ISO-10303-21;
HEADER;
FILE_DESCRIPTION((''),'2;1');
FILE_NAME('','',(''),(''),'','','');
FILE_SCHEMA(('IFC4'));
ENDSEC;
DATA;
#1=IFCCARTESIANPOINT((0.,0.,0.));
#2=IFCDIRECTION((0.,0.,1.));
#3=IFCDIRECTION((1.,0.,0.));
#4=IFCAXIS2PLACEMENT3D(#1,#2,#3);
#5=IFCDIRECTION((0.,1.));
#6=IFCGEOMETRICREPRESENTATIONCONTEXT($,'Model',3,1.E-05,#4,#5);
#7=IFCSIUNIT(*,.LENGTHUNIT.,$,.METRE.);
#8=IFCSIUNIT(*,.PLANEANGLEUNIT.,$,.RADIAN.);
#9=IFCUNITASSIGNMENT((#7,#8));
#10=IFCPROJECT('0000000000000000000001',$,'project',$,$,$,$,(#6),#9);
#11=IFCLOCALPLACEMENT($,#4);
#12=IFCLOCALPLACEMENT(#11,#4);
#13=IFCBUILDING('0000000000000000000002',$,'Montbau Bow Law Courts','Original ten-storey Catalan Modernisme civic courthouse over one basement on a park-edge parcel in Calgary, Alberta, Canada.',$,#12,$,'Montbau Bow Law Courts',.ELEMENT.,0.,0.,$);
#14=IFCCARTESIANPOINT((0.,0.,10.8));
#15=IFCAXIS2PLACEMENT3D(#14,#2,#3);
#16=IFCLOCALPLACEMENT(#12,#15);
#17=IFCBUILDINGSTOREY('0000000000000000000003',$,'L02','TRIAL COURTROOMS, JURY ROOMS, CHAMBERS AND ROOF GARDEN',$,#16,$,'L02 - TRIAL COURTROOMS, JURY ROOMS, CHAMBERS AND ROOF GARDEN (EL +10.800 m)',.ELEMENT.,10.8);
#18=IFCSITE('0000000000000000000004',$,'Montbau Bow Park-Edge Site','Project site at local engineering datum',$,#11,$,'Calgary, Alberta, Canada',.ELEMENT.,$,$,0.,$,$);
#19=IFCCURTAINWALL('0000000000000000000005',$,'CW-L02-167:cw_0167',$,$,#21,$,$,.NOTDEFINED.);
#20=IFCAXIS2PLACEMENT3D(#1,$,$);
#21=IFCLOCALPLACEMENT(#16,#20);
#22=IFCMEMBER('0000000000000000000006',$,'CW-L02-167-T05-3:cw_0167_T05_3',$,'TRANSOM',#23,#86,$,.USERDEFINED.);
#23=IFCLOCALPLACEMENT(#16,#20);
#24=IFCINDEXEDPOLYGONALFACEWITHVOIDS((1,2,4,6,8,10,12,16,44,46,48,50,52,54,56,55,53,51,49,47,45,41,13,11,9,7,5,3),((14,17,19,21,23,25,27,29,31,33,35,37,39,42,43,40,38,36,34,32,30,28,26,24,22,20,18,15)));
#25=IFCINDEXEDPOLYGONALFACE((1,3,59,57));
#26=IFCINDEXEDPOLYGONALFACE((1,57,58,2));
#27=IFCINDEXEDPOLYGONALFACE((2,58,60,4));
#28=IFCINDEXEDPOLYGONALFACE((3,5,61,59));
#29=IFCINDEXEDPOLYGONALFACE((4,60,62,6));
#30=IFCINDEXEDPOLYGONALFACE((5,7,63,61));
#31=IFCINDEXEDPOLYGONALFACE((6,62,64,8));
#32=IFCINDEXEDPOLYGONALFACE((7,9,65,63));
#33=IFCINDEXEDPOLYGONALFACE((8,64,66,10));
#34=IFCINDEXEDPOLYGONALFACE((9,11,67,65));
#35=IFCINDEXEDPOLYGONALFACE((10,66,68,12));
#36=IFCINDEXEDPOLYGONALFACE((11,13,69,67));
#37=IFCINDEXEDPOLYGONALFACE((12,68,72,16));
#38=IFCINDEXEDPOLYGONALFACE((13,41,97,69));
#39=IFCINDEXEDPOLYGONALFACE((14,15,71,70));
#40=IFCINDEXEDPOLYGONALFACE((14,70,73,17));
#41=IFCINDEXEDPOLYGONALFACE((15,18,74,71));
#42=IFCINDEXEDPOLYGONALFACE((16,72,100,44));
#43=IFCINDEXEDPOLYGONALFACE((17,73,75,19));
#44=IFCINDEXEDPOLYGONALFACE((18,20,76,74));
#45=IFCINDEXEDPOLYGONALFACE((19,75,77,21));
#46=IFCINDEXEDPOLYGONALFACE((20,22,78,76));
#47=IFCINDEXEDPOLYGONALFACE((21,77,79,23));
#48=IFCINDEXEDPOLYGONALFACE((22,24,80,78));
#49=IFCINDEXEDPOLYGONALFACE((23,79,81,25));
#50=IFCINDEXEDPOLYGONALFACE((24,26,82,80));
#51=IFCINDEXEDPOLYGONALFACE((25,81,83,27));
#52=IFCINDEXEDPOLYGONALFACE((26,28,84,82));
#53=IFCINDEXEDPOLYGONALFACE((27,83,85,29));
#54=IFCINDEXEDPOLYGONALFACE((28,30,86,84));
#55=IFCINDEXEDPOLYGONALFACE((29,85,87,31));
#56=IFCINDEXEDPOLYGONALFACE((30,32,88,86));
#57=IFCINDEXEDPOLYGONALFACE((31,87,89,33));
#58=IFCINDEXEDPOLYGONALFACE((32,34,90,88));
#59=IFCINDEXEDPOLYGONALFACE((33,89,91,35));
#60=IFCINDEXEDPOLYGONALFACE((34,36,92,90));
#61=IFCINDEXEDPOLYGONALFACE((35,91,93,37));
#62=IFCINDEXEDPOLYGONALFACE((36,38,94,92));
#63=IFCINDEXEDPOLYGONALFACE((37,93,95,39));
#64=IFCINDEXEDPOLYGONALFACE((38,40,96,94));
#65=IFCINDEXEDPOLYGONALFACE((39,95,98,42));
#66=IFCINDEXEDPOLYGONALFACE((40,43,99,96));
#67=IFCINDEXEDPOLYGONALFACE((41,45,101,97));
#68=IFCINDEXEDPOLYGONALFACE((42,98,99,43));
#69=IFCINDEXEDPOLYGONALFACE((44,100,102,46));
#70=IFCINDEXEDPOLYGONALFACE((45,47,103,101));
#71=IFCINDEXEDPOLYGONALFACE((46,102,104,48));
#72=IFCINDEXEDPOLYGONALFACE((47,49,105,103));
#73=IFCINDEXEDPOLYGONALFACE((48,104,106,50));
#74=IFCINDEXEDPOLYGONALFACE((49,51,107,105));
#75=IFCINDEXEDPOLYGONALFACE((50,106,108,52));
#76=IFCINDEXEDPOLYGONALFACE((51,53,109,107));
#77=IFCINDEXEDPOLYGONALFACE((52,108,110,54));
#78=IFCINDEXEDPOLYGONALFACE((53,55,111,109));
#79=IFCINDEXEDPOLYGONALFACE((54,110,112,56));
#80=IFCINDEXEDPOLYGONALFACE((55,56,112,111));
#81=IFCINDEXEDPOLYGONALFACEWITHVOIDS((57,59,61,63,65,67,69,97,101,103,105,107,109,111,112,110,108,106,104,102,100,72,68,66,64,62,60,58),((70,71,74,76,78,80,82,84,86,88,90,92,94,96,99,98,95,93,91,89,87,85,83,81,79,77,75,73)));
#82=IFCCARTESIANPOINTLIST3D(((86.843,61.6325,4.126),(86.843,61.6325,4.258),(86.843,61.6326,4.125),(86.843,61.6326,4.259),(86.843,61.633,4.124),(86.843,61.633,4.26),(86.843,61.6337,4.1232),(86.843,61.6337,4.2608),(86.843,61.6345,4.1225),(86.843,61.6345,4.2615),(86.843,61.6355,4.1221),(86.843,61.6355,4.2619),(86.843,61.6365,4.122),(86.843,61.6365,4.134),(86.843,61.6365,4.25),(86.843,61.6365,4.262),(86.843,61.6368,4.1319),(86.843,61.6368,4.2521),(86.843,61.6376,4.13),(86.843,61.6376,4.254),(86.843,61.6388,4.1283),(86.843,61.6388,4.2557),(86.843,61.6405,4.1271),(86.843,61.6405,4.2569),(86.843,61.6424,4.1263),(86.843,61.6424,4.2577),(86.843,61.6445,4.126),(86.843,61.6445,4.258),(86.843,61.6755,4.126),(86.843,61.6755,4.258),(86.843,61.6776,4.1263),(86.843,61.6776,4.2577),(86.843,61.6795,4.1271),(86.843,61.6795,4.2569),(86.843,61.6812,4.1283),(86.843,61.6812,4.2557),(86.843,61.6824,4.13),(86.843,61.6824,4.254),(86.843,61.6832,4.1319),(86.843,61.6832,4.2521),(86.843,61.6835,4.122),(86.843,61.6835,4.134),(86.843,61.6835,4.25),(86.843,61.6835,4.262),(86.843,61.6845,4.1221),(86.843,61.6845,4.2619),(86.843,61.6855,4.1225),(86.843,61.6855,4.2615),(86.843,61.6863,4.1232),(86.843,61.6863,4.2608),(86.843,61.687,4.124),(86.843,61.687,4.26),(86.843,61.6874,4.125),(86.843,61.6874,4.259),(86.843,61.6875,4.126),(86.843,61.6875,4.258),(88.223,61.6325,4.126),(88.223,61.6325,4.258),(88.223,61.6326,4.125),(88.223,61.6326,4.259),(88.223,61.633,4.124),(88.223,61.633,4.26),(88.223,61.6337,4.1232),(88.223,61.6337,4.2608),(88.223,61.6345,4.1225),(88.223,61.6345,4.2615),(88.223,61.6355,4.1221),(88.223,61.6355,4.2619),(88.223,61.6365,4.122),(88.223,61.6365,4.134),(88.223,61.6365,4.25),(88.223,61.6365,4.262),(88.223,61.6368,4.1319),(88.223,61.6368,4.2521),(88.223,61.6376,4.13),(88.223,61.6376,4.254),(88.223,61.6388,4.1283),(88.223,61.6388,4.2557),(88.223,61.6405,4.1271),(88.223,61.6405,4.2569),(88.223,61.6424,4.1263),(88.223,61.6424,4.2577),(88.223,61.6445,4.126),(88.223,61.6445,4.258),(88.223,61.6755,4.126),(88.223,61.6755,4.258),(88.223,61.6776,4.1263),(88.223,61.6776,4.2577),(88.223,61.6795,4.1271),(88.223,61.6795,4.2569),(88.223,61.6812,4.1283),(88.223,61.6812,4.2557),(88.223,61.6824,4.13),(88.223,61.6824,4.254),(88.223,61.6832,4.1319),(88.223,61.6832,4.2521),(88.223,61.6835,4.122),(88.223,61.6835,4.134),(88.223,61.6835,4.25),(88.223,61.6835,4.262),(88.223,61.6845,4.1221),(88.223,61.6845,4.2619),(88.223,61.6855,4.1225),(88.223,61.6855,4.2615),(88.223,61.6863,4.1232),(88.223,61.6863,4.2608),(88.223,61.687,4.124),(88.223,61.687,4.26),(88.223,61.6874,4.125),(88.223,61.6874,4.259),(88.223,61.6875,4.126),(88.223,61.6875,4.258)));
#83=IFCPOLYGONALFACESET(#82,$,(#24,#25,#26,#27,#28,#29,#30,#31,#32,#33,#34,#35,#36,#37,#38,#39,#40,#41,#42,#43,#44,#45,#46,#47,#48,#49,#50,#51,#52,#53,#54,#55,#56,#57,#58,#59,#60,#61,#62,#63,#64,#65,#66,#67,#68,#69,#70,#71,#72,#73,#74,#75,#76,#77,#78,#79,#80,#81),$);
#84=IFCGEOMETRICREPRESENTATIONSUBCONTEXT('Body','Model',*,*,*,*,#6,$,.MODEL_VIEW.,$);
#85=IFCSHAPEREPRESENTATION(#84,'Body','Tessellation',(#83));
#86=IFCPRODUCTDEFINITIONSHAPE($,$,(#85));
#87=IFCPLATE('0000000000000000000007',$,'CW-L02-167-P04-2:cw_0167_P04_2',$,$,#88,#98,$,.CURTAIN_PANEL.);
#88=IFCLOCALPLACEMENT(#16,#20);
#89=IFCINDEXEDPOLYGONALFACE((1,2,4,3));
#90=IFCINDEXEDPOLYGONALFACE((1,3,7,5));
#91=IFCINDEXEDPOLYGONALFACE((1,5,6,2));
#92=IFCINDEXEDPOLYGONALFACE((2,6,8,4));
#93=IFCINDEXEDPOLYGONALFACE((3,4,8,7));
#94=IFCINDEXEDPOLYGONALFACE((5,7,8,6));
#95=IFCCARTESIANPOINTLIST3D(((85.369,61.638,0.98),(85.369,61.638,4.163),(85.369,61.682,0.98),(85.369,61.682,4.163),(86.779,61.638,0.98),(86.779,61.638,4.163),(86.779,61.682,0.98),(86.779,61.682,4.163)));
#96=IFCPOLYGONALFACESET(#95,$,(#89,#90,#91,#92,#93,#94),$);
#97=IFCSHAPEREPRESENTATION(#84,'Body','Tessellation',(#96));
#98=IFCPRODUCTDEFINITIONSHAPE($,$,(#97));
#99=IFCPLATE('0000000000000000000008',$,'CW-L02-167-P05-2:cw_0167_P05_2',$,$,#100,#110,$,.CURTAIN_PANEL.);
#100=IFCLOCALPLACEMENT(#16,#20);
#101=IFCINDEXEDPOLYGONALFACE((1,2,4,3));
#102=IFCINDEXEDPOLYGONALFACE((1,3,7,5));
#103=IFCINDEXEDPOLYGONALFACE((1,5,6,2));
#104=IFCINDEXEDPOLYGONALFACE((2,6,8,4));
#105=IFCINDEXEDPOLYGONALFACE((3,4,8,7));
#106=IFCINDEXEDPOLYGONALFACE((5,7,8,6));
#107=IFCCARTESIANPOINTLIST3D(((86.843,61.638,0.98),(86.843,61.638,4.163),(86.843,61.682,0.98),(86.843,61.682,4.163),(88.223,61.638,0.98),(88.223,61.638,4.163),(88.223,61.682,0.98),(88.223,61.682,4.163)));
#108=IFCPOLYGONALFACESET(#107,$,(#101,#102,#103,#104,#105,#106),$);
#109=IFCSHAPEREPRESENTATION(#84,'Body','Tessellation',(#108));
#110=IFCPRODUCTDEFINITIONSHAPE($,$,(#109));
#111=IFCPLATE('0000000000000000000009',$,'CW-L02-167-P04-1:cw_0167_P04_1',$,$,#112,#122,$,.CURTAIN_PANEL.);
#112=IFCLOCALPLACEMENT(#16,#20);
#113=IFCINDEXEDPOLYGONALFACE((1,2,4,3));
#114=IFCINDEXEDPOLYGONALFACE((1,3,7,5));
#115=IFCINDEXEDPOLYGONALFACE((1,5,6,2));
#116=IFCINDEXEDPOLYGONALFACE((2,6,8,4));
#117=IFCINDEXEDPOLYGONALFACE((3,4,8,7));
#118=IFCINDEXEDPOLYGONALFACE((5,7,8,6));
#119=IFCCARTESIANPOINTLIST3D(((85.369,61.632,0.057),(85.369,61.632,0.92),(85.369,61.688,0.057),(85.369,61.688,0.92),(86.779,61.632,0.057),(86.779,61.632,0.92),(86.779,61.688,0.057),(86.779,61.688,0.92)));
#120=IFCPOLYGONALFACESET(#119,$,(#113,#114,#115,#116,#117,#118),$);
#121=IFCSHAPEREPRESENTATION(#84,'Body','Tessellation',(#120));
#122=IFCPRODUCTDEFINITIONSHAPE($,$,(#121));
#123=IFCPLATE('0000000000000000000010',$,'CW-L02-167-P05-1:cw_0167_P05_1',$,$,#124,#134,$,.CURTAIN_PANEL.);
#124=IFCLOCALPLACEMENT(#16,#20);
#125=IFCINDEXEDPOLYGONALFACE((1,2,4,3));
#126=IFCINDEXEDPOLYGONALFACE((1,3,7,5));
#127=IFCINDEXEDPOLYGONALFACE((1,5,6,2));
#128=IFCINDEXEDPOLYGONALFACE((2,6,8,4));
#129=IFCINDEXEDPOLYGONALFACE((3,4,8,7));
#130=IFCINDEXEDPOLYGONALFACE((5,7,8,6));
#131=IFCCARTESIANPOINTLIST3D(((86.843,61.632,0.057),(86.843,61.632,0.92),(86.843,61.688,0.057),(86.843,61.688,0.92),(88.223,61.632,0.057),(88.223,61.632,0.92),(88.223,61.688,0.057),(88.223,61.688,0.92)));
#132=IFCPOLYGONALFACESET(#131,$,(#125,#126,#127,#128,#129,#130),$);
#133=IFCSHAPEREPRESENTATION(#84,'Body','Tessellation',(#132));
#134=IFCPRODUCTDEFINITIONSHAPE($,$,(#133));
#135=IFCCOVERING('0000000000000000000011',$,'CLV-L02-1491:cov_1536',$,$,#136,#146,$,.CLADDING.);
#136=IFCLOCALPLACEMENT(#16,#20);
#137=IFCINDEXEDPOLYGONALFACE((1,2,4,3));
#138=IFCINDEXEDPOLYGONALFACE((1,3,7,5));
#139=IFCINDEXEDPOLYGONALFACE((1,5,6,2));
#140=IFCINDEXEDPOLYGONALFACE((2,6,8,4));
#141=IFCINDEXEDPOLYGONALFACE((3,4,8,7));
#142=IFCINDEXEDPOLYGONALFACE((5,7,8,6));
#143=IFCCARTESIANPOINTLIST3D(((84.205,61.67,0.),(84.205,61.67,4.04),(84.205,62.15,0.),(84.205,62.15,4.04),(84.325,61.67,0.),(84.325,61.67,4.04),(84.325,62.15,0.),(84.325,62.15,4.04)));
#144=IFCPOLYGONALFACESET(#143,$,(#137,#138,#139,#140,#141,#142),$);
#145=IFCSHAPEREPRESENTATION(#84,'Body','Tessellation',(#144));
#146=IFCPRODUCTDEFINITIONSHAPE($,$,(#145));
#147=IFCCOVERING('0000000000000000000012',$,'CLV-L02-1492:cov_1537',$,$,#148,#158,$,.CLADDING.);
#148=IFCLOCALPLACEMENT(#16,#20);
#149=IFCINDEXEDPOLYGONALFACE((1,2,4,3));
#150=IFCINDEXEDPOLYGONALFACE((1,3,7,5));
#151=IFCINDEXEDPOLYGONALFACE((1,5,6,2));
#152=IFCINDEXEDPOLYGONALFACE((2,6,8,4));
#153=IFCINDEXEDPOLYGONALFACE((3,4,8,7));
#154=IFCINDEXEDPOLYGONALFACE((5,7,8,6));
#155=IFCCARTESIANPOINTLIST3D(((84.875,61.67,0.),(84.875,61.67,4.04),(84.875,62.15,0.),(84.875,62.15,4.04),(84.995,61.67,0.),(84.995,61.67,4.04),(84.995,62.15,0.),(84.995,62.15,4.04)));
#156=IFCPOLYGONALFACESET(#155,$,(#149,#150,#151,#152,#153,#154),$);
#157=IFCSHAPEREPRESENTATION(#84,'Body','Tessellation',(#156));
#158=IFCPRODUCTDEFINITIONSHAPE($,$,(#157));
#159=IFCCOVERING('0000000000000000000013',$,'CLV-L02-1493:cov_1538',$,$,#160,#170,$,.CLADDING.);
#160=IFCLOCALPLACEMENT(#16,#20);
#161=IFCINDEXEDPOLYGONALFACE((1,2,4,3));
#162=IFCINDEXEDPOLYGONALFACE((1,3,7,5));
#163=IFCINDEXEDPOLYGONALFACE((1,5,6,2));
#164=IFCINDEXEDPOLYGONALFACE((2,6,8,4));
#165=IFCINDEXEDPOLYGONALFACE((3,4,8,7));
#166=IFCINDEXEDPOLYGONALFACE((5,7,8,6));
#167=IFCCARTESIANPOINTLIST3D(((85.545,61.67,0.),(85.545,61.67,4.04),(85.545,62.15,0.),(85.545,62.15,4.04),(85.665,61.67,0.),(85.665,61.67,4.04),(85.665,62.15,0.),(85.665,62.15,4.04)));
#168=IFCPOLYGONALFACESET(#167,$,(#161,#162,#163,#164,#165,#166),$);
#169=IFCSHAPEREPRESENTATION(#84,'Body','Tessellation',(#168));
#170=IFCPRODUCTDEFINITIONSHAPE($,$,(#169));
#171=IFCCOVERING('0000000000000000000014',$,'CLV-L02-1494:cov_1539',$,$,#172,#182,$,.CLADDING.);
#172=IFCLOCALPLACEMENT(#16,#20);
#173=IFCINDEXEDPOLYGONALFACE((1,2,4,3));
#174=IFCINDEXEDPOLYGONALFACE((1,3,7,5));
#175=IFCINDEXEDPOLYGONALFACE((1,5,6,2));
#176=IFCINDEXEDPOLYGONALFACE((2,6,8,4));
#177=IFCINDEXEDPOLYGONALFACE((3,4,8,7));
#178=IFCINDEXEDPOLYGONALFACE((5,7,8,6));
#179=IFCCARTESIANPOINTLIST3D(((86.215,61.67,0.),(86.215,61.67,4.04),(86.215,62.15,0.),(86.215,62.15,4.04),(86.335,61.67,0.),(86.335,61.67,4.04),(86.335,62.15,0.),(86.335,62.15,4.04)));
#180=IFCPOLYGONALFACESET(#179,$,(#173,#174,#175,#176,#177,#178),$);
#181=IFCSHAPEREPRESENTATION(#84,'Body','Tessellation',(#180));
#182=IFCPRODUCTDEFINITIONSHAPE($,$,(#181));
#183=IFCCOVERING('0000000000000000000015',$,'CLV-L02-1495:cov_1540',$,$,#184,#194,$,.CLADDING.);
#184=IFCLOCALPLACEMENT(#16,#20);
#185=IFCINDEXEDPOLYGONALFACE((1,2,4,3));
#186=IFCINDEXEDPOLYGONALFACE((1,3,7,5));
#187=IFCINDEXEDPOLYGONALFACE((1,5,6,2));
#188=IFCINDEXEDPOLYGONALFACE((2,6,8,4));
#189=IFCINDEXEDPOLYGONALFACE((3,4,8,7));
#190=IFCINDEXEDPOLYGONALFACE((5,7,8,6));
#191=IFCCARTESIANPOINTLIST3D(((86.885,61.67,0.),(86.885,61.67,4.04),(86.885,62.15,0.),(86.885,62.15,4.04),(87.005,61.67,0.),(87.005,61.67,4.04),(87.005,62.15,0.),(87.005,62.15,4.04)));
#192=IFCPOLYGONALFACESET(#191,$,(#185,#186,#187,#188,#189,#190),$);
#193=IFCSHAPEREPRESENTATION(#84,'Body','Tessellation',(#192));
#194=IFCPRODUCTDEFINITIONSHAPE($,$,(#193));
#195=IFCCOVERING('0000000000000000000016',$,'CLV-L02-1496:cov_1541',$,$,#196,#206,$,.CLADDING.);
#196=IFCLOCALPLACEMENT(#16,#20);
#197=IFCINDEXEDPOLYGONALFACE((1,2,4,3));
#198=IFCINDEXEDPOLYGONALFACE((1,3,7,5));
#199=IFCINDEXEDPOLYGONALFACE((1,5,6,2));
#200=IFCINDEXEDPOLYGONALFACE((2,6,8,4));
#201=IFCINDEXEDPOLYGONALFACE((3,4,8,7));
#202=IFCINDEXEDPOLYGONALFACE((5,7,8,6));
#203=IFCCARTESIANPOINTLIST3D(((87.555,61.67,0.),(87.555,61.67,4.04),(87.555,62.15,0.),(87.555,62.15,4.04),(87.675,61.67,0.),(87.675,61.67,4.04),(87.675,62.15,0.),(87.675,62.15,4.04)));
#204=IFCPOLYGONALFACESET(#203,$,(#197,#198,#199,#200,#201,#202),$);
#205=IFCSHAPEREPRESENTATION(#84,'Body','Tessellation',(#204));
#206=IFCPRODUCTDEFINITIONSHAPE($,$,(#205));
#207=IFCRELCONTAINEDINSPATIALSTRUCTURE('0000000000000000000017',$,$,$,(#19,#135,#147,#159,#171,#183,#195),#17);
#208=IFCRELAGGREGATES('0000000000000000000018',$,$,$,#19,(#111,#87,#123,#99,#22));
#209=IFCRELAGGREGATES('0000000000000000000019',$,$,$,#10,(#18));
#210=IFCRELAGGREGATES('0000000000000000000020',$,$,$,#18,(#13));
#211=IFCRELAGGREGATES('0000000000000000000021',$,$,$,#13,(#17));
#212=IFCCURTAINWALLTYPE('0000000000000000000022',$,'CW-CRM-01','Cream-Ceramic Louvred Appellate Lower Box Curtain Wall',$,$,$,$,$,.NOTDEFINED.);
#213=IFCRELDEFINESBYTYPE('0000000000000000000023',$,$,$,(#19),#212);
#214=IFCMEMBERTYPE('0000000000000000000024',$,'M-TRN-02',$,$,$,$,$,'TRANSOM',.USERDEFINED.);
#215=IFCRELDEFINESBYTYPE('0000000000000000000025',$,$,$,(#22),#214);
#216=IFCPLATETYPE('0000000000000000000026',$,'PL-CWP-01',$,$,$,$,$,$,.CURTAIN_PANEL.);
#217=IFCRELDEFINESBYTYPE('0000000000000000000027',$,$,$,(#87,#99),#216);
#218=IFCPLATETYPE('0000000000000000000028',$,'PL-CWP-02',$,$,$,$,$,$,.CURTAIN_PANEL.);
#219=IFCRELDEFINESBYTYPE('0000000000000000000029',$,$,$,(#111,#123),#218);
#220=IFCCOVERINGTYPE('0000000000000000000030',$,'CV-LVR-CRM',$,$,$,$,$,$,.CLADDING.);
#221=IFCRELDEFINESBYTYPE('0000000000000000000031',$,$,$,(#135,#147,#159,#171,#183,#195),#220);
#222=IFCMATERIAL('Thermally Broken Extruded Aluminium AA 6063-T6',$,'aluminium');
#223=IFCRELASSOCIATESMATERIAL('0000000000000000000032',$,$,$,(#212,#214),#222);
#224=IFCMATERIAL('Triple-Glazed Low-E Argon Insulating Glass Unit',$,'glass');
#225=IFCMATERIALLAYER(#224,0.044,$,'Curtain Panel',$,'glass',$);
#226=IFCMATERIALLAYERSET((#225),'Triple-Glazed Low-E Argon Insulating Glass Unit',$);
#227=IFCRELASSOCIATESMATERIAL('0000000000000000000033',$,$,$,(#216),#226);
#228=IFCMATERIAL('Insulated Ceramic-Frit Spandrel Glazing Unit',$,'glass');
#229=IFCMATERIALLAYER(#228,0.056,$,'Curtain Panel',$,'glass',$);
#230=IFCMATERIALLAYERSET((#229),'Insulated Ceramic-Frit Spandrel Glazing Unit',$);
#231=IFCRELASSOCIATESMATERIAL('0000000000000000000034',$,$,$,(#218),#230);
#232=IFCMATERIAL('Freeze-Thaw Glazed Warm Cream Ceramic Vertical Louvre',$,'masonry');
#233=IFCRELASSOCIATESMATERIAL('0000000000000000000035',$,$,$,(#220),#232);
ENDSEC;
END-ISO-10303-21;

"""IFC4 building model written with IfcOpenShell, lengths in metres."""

from ifc_helpers import new_model, si_unit, direction, frame, frame_2d, origin_with_axes, origin_2d_with_axis, place, context, subcontext, project, spatial, rectangle, hollow_rectangle, extrude, material, layer, layer_set, material_profile, profile_set, type_object, element, aggregate, save


model = new_model("IFC4")

# Units and contexts
model_context = context("Model", 3, precision=1e-05, world=origin_with_axes(), true_north=direction((0.0, 1.0)))
body_context = subcontext(model_context, "Body", "Model", "MODEL_VIEW")
ifc_project = project(units=[si_unit("LENGTHUNIT", "METRE"), si_unit("PLANEANGLEUNIT", "RADIAN")], contexts=[model_context])

# Site, building, storey
site_placement = place(None, origin_with_axes())
site = spatial("IfcSite", under=ifc_project, at=site_placement, Name="Montbau Bow Park-Edge Site", Description="Project site at local engineering datum", LongName="Calgary, Alberta, Canada", CompositionType="ELEMENT", RefElevation=0.0)
building_placement = place(site_placement, origin_with_axes())
building = spatial("IfcBuilding", under=site, at=building_placement, Name="Montbau Bow Law Courts", Description="Original ten-storey Catalan Modernisme civic courthouse over one basement on a park-edge parcel in Calgary, Alberta, Canada.", LongName="Montbau Bow Law Courts", CompositionType="ELEMENT", ElevationOfRefHeight=0.0, ElevationOfTerrain=0.0)
storey_placement = place(building_placement, frame((0.0, 0.0, 10.8), z_axis=(0.0, 0.0, 1.0), x_axis=(1.0, 0.0, 0.0)))
storey = spatial("IfcBuildingStorey", under=building, at=storey_placement, Name="L02", Description="TRIAL COURTROOMS, JURY ROOMS, CHAMBERS AND ROOF GARDEN", LongName="L02 - TRIAL COURTROOMS, JURY ROOMS, CHAMBERS AND ROOF GARDEN (EL +10.800 m)", CompositionType="ELEMENT", Elevation=10.8)

# Curtain wall, member, plates
ifc_material_1 = material(Name="Thermally Broken Extruded Aluminium AA 6063-T6", Category="aluminium")
curtain_wall_type = type_object("IfcCurtainWallType", Name="CW-CRM-01", Description="Cream-Ceramic Louvred Appellate Lower Box Curtain Wall", PredefinedType="NOTDEFINED", material=ifc_material_1)
curtain_wall_placement = place(None, frame((80.915, 61.66, 10.8), z_axis=(0.0, 0.0, 1.0), x_axis=(1.0, 0.0, 0.0)))
curtain_wall = element("IfcCurtainWall", 1, at=curtain_wall_placement, inside=storey, type_object=curtain_wall_type, Name="CW-L02-167:cw_0167", PredefinedType="NOTDEFINED")
ifc_material_profile_1 = material_profile(ifc_material_1, hollow_rectangle(XDim=0.055, YDim=0.14, WallThickness=0.004, InnerFilletRadius=0.008, OuterFilletRadius=0.004, at=origin_2d_with_axis()), Name="CWT-140X55", Category="Main", Priority=0)
ifc_profile_set_1 = profile_set([ifc_material_profile_1], Name="Thermally Broken Extruded Aluminium AA 6063-T6")
member_type_1 = type_object("IfcMemberType", Name="M-TRN-02", ElementType="TRANSOM", PredefinedType="USERDEFINED", material=ifc_profile_set_1)
member_1_placement = place(None, frame((86.843, 61.66, 14.992), z_axis=(1.0, 0.0, 0.0), x_axis=(0.0, 1.0, 0.0)))
member_1 = element("IfcMember", 2, at=member_1_placement, type_object=member_type_1, Name="CW-L02-167-T05-3:cw_0167_T05_3", ObjectType="TRANSOM", PredefinedType="USERDEFINED", context=body_context, shape_type="SweptSolid", body=[
    extrude(hollow_rectangle(XDim=0.055, YDim=0.14, WallThickness=0.004, InnerFilletRadius=0.008, OuterFilletRadius=0.004, at=origin_2d_with_axis()), origin_with_axes(), (0.0, 0.0, 1.0), 1.38),
])
ifc_material_2 = material(Name="Triple-Glazed Low-E Argon Insulating Glass Unit", Category="glass")
ifc_layer_1 = layer(ifc_material_2, 0.044, Name="Curtain Panel", Category="glass")
ifc_layer_set_1 = layer_set([ifc_layer_1], Name="Triple-Glazed Low-E Argon Insulating Glass Unit")
plate_type_1 = type_object("IfcPlateType", Name="PL-CWP-01", PredefinedType="CURTAIN_PANEL", material=ifc_layer_set_1)
plate_1_placement = place(None, frame((85.369, 61.66, 11.78), z_axis=(0.0, -1.0, 0.0), x_axis=(1.0, 0.0, 0.0)))
plate_1 = element("IfcPlate", 3, at=plate_1_placement, type_object=plate_type_1, Name="CW-L02-167-P04-2:cw_0167_P04_2", PredefinedType="CURTAIN_PANEL", context=body_context, shape_type="SweptSolid", body=[
    extrude(rectangle(XDim=1.41, YDim=3.183, at=frame_2d((0.705, 1.5915), x_axis=(1.0, 0.0))), frame((0.0, 0.0, -0.022), z_axis=(0.0, 0.0, 1.0), x_axis=(1.0, 0.0, 0.0)), (0.0, 0.0, 1.0), 0.044),
])
plate_2_placement = place(None, frame((86.843, 61.66, 11.78), z_axis=(0.0, -1.0, 0.0), x_axis=(1.0, 0.0, 0.0)))
plate_2 = element("IfcPlate", 4, at=plate_2_placement, type_object=plate_type_1, Name="CW-L02-167-P05-2:cw_0167_P05_2", PredefinedType="CURTAIN_PANEL", context=body_context, shape_type="SweptSolid", body=[
    extrude(rectangle(XDim=1.38, YDim=3.183, at=frame_2d((0.69, 1.5915), x_axis=(1.0, 0.0))), frame((0.0, 0.0, -0.022), z_axis=(0.0, 0.0, 1.0), x_axis=(1.0, 0.0, 0.0)), (0.0, 0.0, 1.0), 0.044),
])
ifc_material_3 = material(Name="Insulated Ceramic-Frit Spandrel Glazing Unit", Category="glass")
ifc_layer_2 = layer(ifc_material_3, 0.056, Name="Curtain Panel", Category="glass")
ifc_layer_set_2 = layer_set([ifc_layer_2], Name="Insulated Ceramic-Frit Spandrel Glazing Unit")
plate_type_2 = type_object("IfcPlateType", Name="PL-CWP-02", PredefinedType="CURTAIN_PANEL", material=ifc_layer_set_2)
plate_3_placement = place(None, frame((85.369, 61.66, 10.857), z_axis=(0.0, -1.0, 0.0), x_axis=(1.0, 0.0, 0.0)))
plate_3 = element("IfcPlate", 5, at=plate_3_placement, type_object=plate_type_2, Name="CW-L02-167-P04-1:cw_0167_P04_1", PredefinedType="CURTAIN_PANEL", context=body_context, shape_type="SweptSolid", body=[
    extrude(rectangle(XDim=1.41, YDim=0.863, at=frame_2d((0.705, 0.4315), x_axis=(1.0, 0.0))), frame((0.0, 0.0, -0.028), z_axis=(0.0, 0.0, 1.0), x_axis=(1.0, 0.0, 0.0)), (0.0, 0.0, 1.0), 0.056),
])
plate_4_placement = place(None, frame((86.843, 61.66, 10.857), z_axis=(0.0, -1.0, 0.0), x_axis=(1.0, 0.0, 0.0)))
plate_4 = element("IfcPlate", 6, at=plate_4_placement, type_object=plate_type_2, Name="CW-L02-167-P05-1:cw_0167_P05_1", PredefinedType="CURTAIN_PANEL", context=body_context, shape_type="SweptSolid", body=[
    extrude(rectangle(XDim=1.38, YDim=0.863, at=frame_2d((0.69, 0.4315), x_axis=(1.0, 0.0))), frame((0.0, 0.0, -0.028), z_axis=(0.0, 0.0, 1.0), x_axis=(1.0, 0.0, 0.0)), (0.0, 0.0, 1.0), 0.056),
])
aggregate(curtain_wall, [plate_3, plate_1, plate_4, plate_2, member_1])

# Coverings
ifc_material_4 = material(Name="Freeze-Thaw Glazed Warm Cream Ceramic Vertical Louvre", Category="masonry")
covering_type = type_object("IfcCoveringType", Name="CV-LVR-CRM", PredefinedType="CLADDING", material=ifc_material_4)
for number, where, z_axis, x_axis, name in (
    (7, (84.265, 61.67, 10.8), (1.0, 0.0, 0.0), (0.0, 1.0, 0.0), "CLV-L02-1491:cov_1536"),
    (8, (84.935, 61.67, 10.8), (1.0, 0.0, 0.0), (0.0, 1.0, 0.0), "CLV-L02-1492:cov_1537"),
    (9, (85.605, 61.67, 10.8), (1.0, 0.0, 0.0), (0.0, 1.0, 0.0), "CLV-L02-1493:cov_1538"),
    (10, (86.275, 61.67, 10.8), (1.0, 0.0, 0.0), (0.0, 1.0, 0.0), "CLV-L02-1494:cov_1539"),
    (11, (86.945, 61.67, 10.8), (1.0, 0.0, 0.0), (0.0, 1.0, 0.0), "CLV-L02-1495:cov_1540"),
    (12, (87.615, 61.67, 10.8), (1.0, 0.0, 0.0), (0.0, 1.0, 0.0), "CLV-L02-1496:cov_1541"),
):
    element("IfcCovering", number, at=place(None, frame(where, z_axis=z_axis, x_axis=x_axis)), inside=storey, type_object=covering_type, Name=name, PredefinedType="CLADDING", context=body_context, shape_type="SweptSolid", body=[
        extrude(rectangle(XDim=0.48, YDim=4.04, at=frame_2d((0.24, 2.02), x_axis=(1.0, 0.0))), frame((0.0, 0.0, -0.06), z_axis=(0.0, 0.0, 1.0), x_axis=(1.0, 0.0, 0.0)), (0.0, 0.0, 1.0), 0.12),
    ])

save(model, "model.ifc")
